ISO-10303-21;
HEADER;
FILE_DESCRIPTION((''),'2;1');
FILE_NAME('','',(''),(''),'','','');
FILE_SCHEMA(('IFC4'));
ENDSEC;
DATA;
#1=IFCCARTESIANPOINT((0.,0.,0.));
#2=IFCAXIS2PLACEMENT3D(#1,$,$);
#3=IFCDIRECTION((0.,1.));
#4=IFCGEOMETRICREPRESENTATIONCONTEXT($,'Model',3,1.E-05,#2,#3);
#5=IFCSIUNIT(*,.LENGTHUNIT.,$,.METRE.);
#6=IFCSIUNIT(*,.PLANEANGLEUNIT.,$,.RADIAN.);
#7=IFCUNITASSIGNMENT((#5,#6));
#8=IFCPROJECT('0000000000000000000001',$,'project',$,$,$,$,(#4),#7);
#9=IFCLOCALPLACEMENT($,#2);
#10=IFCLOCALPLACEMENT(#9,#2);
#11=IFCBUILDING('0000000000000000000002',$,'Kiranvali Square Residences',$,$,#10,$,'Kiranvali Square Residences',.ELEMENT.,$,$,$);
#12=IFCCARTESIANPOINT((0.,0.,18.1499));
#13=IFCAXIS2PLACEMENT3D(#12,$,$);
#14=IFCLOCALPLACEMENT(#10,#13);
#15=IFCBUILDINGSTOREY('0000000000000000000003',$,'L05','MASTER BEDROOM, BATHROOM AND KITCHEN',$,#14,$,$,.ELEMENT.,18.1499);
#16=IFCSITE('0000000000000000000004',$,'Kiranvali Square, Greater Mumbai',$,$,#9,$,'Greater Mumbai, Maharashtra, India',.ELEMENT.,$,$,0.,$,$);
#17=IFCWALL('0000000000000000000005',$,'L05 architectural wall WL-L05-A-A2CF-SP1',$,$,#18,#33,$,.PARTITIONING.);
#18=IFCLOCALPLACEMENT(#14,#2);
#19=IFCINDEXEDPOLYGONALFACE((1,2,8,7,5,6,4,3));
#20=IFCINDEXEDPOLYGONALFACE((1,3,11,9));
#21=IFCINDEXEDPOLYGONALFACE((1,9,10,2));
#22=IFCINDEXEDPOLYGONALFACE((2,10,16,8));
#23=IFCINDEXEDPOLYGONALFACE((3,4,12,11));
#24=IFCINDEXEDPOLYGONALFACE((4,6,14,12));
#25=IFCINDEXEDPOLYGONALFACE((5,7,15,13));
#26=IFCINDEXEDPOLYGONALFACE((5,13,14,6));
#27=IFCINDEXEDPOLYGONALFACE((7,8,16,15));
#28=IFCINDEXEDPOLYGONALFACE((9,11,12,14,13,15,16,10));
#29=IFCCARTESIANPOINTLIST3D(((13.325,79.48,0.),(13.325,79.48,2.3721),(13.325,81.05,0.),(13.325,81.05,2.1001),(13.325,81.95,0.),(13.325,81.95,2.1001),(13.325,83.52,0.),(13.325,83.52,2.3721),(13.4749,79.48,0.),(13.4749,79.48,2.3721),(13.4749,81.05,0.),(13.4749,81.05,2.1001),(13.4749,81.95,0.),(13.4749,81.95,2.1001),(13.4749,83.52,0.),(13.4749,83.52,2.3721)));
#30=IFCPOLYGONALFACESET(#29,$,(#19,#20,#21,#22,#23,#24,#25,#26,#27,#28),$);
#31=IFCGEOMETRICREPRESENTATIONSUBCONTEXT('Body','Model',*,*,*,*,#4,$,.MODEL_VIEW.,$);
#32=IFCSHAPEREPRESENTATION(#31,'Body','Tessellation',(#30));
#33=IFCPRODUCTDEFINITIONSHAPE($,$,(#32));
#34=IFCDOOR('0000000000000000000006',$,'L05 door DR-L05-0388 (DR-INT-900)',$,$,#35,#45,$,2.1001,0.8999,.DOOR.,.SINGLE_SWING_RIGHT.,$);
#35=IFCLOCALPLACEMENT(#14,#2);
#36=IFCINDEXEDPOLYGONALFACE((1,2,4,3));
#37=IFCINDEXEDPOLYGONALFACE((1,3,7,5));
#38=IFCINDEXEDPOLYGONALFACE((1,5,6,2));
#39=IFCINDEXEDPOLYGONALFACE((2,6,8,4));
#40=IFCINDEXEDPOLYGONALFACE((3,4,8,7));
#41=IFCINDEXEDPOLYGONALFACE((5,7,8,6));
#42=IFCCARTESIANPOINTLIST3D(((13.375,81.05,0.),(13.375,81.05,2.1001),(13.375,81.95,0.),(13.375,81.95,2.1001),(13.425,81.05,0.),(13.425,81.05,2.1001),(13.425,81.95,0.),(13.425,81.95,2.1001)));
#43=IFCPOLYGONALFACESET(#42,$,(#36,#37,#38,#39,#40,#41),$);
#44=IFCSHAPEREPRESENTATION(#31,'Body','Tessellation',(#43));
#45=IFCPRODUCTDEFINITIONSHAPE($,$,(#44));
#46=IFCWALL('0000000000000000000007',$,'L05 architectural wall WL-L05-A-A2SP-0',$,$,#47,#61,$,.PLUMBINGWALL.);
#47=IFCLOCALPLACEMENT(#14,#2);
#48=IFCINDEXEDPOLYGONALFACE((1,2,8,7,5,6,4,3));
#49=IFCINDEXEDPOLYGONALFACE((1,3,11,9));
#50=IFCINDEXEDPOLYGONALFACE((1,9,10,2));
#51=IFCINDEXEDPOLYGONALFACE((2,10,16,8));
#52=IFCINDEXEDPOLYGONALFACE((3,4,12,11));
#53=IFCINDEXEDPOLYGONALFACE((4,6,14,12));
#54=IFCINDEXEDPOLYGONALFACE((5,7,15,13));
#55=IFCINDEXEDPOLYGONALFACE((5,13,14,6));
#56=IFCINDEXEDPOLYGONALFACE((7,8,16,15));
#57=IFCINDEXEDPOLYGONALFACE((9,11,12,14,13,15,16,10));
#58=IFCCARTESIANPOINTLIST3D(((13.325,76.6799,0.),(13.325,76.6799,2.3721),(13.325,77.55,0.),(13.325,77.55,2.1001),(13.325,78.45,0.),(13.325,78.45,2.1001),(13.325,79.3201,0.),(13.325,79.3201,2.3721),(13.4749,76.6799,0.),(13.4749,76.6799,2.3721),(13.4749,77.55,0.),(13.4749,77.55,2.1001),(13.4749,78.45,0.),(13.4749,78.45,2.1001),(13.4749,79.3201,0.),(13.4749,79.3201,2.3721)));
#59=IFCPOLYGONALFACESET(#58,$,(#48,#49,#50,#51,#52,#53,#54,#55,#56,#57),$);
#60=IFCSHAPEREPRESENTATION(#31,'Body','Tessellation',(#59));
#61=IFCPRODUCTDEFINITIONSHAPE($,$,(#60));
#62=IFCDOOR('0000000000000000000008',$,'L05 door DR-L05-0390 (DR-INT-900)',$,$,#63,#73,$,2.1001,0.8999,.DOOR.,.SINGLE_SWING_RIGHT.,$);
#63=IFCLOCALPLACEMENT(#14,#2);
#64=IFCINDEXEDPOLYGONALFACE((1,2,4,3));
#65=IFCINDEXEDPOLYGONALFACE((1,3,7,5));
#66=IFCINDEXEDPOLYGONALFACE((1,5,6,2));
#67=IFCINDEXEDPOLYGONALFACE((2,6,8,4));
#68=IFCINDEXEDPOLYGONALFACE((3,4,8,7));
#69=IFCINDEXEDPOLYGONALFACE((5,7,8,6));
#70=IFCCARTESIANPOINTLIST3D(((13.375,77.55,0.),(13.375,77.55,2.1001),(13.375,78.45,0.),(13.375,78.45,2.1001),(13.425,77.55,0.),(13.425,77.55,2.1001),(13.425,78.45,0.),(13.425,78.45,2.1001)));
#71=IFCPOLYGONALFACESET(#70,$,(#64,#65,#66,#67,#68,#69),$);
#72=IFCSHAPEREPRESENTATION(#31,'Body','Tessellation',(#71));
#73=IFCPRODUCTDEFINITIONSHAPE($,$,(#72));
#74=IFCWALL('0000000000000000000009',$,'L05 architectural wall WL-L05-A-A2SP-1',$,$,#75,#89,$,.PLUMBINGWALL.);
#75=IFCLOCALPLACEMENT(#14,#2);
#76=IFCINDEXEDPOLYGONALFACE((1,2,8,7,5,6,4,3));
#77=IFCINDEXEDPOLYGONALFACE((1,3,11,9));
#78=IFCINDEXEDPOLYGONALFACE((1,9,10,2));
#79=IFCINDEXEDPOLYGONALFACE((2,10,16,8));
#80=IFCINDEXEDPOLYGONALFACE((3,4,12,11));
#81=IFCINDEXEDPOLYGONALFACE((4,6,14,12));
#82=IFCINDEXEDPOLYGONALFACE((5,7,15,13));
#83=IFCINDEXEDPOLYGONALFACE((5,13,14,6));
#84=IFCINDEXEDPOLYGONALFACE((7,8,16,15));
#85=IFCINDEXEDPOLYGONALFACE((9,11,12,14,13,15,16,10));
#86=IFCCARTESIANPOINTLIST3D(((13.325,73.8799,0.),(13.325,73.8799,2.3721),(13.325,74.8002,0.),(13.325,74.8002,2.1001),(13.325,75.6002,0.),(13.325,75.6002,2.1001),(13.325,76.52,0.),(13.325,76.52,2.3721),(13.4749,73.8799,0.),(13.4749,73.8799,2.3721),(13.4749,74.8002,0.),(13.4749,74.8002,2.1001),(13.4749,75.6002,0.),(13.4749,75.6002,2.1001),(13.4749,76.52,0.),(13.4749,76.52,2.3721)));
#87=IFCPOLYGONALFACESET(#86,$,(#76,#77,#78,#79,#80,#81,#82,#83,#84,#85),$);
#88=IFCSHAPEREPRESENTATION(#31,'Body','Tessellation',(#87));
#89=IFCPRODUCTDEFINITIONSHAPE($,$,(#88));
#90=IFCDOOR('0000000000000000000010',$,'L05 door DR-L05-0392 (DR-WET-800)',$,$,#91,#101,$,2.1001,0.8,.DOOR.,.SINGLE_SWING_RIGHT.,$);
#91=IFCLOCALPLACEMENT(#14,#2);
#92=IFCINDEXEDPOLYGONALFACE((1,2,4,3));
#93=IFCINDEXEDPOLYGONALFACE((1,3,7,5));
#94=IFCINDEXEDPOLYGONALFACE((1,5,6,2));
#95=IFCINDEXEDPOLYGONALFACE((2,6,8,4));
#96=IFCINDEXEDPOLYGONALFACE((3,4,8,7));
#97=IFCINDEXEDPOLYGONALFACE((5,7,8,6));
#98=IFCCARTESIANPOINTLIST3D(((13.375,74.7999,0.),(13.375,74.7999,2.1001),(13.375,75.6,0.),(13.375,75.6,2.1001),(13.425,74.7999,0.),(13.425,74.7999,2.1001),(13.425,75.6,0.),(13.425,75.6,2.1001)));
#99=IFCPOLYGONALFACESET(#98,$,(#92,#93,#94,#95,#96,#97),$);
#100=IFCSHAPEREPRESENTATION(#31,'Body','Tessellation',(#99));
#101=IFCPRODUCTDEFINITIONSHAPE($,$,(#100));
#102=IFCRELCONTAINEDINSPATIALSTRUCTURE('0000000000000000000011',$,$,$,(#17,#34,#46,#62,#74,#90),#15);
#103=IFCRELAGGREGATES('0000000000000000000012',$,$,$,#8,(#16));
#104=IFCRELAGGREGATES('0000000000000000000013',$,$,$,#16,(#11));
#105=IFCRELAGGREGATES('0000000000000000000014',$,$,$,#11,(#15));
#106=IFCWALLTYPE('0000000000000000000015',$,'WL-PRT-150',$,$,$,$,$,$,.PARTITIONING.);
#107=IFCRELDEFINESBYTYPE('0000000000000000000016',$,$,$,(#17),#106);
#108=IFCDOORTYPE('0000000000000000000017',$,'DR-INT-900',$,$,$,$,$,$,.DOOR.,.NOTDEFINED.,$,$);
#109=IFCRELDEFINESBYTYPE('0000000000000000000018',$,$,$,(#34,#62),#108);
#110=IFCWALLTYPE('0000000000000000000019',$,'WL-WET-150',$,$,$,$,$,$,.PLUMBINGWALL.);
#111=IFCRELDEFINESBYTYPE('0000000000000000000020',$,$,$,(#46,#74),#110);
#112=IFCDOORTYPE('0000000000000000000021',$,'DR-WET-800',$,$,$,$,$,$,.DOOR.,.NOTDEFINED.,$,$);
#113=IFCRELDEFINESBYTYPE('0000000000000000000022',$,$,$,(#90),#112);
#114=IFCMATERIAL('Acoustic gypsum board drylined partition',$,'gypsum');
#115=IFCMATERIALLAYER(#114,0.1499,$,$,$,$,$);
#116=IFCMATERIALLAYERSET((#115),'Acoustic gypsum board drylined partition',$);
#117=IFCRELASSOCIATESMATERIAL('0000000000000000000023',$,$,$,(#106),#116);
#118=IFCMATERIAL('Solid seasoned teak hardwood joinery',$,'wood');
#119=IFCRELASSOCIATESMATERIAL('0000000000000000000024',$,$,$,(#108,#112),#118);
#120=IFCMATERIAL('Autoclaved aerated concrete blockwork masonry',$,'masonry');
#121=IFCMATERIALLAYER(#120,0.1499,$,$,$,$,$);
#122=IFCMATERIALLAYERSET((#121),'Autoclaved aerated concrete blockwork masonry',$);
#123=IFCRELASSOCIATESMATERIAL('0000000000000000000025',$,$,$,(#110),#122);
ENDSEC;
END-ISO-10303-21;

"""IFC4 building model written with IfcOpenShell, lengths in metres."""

from ifc_helpers import new_model, si_unit, direction, frame, frame_2d, origin, place, context, subcontext, project, spatial, rectangle, extrude, material, layer, layer_set, type_object, element, fill, save


model = new_model("IFC4")

# Units and contexts
model_context = context("Model", 3, precision=1e-05, world=origin(), true_north=direction((0.0, 1.0)))
body_context = subcontext(model_context, "Body", "Model", "MODEL_VIEW")
ifc_project = project(units=[si_unit("LENGTHUNIT", "METRE"), si_unit("PLANEANGLEUNIT", "RADIAN")], contexts=[model_context])

# Site, building, storey
site_placement = place(None, origin())
site = spatial("IfcSite", under=ifc_project, at=site_placement, Name="Kiranvali Square, Greater Mumbai", LongName="Greater Mumbai, Maharashtra, India", CompositionType="ELEMENT", RefElevation=0.0)
building_placement = place(site_placement, origin())
building = spatial("IfcBuilding", under=site, at=building_placement, Name="Kiranvali Square Residences", LongName="Kiranvali Square Residences", CompositionType="ELEMENT")
storey_placement = place(building_placement, frame((0.0, 0.0, 18.1499)))
storey = spatial("IfcBuildingStorey", under=building, at=storey_placement, Name="L05", Description="MASTER BEDROOM, BATHROOM AND KITCHEN", CompositionType="ELEMENT", Elevation=18.1499)

# Walls, openings, doors
ifc_material_1 = material(Name="Acoustic gypsum board drylined partition", Category="gypsum")
ifc_layer_1 = layer(ifc_material_1, 0.1499)
ifc_layer_set_1 = layer_set([ifc_layer_1], Name="Acoustic gypsum board drylined partition")
wall_type_1 = type_object("IfcWallType", Name="WL-PRT-150", PredefinedType="PARTITIONING", material=ifc_layer_set_1)
wall_1_placement = place(storey_placement, frame((13.3999, 83.52, 0.0), z_axis=(0.0, 0.0, 1.0), x_axis=(0.0, -1.0, 0.0)))
wall_1 = element("IfcWall", 1, at=wall_1_placement, inside=storey, type_object=wall_type_1, Name="L05 architectural wall WL-L05-A-A2CF-SP1", PredefinedType="PARTITIONING", context=body_context, shape_type="SweptSolid", body=[
    extrude(rectangle(XDim=4.04, YDim=0.1499, at=frame_2d((2.02, 0.0))), origin(), (0.0, 0.0, 1.0), 2.3721),
])
opening_1_placement = place(wall_1_placement, frame((1.5701, 0.0, 0.0)))
opening_1 = element("IfcOpeningElement", 2, at=opening_1_placement, cuts=wall_1, PredefinedType="OPENING", context=body_context, shape_type="SweptSolid", body=[
    extrude(rectangle(XDim=0.8999, YDim=2.1001, at=frame_2d((0.45, 1.05))), frame((0.0, 0.085, 0.0), z_axis=(0.0, -1.0, 0.0), x_axis=(1.0, 0.0, 0.0)), (0.0, 0.0, 1.0), 0.1699),
])
ifc_material_2 = material(Name="Solid seasoned teak hardwood joinery", Category="wood")
door_type_1 = type_object("IfcDoorType", Name="DR-INT-900", OperationType="NOTDEFINED", PredefinedType="DOOR", material=ifc_material_2)
door_1_placement = place(opening_1_placement, frame((0.8999, 0.0, 0.0), z_axis=(0.0, 0.0, 1.0), x_axis=(-1.0, 0.0, 0.0)))
door_1 = element("IfcDoor", 3, at=door_1_placement, inside=storey, type_object=door_type_1, Name="L05 door DR-L05-0388 (DR-INT-900)", OperationType="SINGLE_SWING_RIGHT", OverallHeight=2.1001, OverallWidth=0.8999, PredefinedType="DOOR", context=body_context, shape_type="SweptSolid", body=[
    extrude(rectangle(XDim=0.8999, YDim=2.1001, at=frame_2d((0.45, 1.05))), frame((0.0, 0.0249, 0.0), z_axis=(0.0, -1.0, 0.0), x_axis=(1.0, 0.0, 0.0)), (0.0, 0.0, 1.0), 0.05),
])
fill(opening_1, door_1)
ifc_material_3 = material(Name="Autoclaved aerated concrete blockwork masonry", Category="masonry")
ifc_layer_2 = layer(ifc_material_3, 0.1499)
ifc_layer_set_2 = layer_set([ifc_layer_2], Name="Autoclaved aerated concrete blockwork masonry")
wall_type_2 = type_object("IfcWallType", Name="WL-WET-150", PredefinedType="PLUMBINGWALL", material=ifc_layer_set_2)
wall_2_placement = place(storey_placement, frame((13.3999, 79.3201, 0.0), z_axis=(0.0, 0.0, 1.0), x_axis=(0.0, -1.0, 0.0)))
wall_2 = element("IfcWall", 4, at=wall_2_placement, inside=storey, type_object=wall_type_2, Name="L05 architectural wall WL-L05-A-A2SP-0", PredefinedType="PLUMBINGWALL", context=body_context, shape_type="SweptSolid", body=[
    extrude(rectangle(XDim=2.6401, YDim=0.1499, at=frame_2d((1.3201, 0.0))), origin(), (0.0, 0.0, 1.0), 2.3721),
])
opening_2_placement = place(wall_2_placement, frame((0.8701, 0.0, 0.0)))
opening_2 = element("IfcOpeningElement", 5, at=opening_2_placement, cuts=wall_2, PredefinedType="OPENING", context=body_context, shape_type="SweptSolid", body=[
    extrude(rectangle(XDim=0.8999, YDim=2.1001, at=frame_2d((0.45, 1.05))), frame((0.0, 0.085, 0.0), z_axis=(0.0, -1.0, 0.0), x_axis=(1.0, 0.0, 0.0)), (0.0, 0.0, 1.0), 0.1699),
])
door_2_placement = place(opening_2_placement, frame((0.8999, 0.0, 0.0), z_axis=(0.0, 0.0, 1.0), x_axis=(-1.0, 0.0, 0.0)))
door_2 = element("IfcDoor", 6, at=door_2_placement, inside=storey, type_object=door_type_1, Name="L05 door DR-L05-0390 (DR-INT-900)", OperationType="SINGLE_SWING_RIGHT", OverallHeight=2.1001, OverallWidth=0.8999, PredefinedType="DOOR", context=body_context, shape_type="SweptSolid", body=[
    extrude(rectangle(XDim=0.8999, YDim=2.1001, at=frame_2d((0.45, 1.05))), frame((0.0, 0.0249, 0.0), z_axis=(0.0, -1.0, 0.0), x_axis=(1.0, 0.0, 0.0)), (0.0, 0.0, 1.0), 0.05),
])
fill(opening_2, door_2)
wall_3_placement = place(storey_placement, frame((13.3999, 76.52, 0.0), z_axis=(0.0, 0.0, 1.0), x_axis=(0.0, -1.0, 0.0)))
wall_3 = element("IfcWall", 7, at=wall_3_placement, inside=storey, type_object=wall_type_2, Name="L05 architectural wall WL-L05-A-A2SP-1", PredefinedType="PLUMBINGWALL", context=body_context, shape_type="SweptSolid", body=[
    extrude(rectangle(XDim=2.6401, YDim=0.1499, at=frame_2d((1.3201, 0.0))), origin(), (0.0, 0.0, 1.0), 2.3721),
])
opening_3_placement = place(wall_3_placement, frame((0.9199, 0.0, 0.0)))
opening_3 = element("IfcOpeningElement", 8, at=opening_3_placement, cuts=wall_3, PredefinedType="OPENING", context=body_context, shape_type="SweptSolid", body=[
    extrude(rectangle(XDim=0.8, YDim=2.1001, at=frame_2d((0.3999, 1.05))), frame((0.0, 0.085, 0.0), z_axis=(0.0, -1.0, 0.0), x_axis=(1.0, 0.0, 0.0)), (0.0, 0.0, 1.0), 0.1699),
])
door_type_2 = type_object("IfcDoorType", Name="DR-WET-800", OperationType="NOTDEFINED", PredefinedType="DOOR", material=ifc_material_2)
door_3_placement = place(opening_3_placement, frame((0.8, 0.0, 0.0), z_axis=(0.0, 0.0, 1.0), x_axis=(-1.0, 0.0, 0.0)))
door_3 = element("IfcDoor", 9, at=door_3_placement, inside=storey, type_object=door_type_2, Name="L05 door DR-L05-0392 (DR-WET-800)", OperationType="SINGLE_SWING_RIGHT", OverallHeight=2.1001, OverallWidth=0.8, PredefinedType="DOOR", context=body_context, shape_type="SweptSolid", body=[
    extrude(rectangle(XDim=0.8, YDim=2.1001, at=frame_2d((0.3999, 1.05))), frame((0.0, 0.0249, 0.0), z_axis=(0.0, -1.0, 0.0), x_axis=(1.0, 0.0, 0.0)), (0.0, 0.0, 1.0), 0.05),
])
fill(opening_3, door_3)

save(model, "model.ifc")
